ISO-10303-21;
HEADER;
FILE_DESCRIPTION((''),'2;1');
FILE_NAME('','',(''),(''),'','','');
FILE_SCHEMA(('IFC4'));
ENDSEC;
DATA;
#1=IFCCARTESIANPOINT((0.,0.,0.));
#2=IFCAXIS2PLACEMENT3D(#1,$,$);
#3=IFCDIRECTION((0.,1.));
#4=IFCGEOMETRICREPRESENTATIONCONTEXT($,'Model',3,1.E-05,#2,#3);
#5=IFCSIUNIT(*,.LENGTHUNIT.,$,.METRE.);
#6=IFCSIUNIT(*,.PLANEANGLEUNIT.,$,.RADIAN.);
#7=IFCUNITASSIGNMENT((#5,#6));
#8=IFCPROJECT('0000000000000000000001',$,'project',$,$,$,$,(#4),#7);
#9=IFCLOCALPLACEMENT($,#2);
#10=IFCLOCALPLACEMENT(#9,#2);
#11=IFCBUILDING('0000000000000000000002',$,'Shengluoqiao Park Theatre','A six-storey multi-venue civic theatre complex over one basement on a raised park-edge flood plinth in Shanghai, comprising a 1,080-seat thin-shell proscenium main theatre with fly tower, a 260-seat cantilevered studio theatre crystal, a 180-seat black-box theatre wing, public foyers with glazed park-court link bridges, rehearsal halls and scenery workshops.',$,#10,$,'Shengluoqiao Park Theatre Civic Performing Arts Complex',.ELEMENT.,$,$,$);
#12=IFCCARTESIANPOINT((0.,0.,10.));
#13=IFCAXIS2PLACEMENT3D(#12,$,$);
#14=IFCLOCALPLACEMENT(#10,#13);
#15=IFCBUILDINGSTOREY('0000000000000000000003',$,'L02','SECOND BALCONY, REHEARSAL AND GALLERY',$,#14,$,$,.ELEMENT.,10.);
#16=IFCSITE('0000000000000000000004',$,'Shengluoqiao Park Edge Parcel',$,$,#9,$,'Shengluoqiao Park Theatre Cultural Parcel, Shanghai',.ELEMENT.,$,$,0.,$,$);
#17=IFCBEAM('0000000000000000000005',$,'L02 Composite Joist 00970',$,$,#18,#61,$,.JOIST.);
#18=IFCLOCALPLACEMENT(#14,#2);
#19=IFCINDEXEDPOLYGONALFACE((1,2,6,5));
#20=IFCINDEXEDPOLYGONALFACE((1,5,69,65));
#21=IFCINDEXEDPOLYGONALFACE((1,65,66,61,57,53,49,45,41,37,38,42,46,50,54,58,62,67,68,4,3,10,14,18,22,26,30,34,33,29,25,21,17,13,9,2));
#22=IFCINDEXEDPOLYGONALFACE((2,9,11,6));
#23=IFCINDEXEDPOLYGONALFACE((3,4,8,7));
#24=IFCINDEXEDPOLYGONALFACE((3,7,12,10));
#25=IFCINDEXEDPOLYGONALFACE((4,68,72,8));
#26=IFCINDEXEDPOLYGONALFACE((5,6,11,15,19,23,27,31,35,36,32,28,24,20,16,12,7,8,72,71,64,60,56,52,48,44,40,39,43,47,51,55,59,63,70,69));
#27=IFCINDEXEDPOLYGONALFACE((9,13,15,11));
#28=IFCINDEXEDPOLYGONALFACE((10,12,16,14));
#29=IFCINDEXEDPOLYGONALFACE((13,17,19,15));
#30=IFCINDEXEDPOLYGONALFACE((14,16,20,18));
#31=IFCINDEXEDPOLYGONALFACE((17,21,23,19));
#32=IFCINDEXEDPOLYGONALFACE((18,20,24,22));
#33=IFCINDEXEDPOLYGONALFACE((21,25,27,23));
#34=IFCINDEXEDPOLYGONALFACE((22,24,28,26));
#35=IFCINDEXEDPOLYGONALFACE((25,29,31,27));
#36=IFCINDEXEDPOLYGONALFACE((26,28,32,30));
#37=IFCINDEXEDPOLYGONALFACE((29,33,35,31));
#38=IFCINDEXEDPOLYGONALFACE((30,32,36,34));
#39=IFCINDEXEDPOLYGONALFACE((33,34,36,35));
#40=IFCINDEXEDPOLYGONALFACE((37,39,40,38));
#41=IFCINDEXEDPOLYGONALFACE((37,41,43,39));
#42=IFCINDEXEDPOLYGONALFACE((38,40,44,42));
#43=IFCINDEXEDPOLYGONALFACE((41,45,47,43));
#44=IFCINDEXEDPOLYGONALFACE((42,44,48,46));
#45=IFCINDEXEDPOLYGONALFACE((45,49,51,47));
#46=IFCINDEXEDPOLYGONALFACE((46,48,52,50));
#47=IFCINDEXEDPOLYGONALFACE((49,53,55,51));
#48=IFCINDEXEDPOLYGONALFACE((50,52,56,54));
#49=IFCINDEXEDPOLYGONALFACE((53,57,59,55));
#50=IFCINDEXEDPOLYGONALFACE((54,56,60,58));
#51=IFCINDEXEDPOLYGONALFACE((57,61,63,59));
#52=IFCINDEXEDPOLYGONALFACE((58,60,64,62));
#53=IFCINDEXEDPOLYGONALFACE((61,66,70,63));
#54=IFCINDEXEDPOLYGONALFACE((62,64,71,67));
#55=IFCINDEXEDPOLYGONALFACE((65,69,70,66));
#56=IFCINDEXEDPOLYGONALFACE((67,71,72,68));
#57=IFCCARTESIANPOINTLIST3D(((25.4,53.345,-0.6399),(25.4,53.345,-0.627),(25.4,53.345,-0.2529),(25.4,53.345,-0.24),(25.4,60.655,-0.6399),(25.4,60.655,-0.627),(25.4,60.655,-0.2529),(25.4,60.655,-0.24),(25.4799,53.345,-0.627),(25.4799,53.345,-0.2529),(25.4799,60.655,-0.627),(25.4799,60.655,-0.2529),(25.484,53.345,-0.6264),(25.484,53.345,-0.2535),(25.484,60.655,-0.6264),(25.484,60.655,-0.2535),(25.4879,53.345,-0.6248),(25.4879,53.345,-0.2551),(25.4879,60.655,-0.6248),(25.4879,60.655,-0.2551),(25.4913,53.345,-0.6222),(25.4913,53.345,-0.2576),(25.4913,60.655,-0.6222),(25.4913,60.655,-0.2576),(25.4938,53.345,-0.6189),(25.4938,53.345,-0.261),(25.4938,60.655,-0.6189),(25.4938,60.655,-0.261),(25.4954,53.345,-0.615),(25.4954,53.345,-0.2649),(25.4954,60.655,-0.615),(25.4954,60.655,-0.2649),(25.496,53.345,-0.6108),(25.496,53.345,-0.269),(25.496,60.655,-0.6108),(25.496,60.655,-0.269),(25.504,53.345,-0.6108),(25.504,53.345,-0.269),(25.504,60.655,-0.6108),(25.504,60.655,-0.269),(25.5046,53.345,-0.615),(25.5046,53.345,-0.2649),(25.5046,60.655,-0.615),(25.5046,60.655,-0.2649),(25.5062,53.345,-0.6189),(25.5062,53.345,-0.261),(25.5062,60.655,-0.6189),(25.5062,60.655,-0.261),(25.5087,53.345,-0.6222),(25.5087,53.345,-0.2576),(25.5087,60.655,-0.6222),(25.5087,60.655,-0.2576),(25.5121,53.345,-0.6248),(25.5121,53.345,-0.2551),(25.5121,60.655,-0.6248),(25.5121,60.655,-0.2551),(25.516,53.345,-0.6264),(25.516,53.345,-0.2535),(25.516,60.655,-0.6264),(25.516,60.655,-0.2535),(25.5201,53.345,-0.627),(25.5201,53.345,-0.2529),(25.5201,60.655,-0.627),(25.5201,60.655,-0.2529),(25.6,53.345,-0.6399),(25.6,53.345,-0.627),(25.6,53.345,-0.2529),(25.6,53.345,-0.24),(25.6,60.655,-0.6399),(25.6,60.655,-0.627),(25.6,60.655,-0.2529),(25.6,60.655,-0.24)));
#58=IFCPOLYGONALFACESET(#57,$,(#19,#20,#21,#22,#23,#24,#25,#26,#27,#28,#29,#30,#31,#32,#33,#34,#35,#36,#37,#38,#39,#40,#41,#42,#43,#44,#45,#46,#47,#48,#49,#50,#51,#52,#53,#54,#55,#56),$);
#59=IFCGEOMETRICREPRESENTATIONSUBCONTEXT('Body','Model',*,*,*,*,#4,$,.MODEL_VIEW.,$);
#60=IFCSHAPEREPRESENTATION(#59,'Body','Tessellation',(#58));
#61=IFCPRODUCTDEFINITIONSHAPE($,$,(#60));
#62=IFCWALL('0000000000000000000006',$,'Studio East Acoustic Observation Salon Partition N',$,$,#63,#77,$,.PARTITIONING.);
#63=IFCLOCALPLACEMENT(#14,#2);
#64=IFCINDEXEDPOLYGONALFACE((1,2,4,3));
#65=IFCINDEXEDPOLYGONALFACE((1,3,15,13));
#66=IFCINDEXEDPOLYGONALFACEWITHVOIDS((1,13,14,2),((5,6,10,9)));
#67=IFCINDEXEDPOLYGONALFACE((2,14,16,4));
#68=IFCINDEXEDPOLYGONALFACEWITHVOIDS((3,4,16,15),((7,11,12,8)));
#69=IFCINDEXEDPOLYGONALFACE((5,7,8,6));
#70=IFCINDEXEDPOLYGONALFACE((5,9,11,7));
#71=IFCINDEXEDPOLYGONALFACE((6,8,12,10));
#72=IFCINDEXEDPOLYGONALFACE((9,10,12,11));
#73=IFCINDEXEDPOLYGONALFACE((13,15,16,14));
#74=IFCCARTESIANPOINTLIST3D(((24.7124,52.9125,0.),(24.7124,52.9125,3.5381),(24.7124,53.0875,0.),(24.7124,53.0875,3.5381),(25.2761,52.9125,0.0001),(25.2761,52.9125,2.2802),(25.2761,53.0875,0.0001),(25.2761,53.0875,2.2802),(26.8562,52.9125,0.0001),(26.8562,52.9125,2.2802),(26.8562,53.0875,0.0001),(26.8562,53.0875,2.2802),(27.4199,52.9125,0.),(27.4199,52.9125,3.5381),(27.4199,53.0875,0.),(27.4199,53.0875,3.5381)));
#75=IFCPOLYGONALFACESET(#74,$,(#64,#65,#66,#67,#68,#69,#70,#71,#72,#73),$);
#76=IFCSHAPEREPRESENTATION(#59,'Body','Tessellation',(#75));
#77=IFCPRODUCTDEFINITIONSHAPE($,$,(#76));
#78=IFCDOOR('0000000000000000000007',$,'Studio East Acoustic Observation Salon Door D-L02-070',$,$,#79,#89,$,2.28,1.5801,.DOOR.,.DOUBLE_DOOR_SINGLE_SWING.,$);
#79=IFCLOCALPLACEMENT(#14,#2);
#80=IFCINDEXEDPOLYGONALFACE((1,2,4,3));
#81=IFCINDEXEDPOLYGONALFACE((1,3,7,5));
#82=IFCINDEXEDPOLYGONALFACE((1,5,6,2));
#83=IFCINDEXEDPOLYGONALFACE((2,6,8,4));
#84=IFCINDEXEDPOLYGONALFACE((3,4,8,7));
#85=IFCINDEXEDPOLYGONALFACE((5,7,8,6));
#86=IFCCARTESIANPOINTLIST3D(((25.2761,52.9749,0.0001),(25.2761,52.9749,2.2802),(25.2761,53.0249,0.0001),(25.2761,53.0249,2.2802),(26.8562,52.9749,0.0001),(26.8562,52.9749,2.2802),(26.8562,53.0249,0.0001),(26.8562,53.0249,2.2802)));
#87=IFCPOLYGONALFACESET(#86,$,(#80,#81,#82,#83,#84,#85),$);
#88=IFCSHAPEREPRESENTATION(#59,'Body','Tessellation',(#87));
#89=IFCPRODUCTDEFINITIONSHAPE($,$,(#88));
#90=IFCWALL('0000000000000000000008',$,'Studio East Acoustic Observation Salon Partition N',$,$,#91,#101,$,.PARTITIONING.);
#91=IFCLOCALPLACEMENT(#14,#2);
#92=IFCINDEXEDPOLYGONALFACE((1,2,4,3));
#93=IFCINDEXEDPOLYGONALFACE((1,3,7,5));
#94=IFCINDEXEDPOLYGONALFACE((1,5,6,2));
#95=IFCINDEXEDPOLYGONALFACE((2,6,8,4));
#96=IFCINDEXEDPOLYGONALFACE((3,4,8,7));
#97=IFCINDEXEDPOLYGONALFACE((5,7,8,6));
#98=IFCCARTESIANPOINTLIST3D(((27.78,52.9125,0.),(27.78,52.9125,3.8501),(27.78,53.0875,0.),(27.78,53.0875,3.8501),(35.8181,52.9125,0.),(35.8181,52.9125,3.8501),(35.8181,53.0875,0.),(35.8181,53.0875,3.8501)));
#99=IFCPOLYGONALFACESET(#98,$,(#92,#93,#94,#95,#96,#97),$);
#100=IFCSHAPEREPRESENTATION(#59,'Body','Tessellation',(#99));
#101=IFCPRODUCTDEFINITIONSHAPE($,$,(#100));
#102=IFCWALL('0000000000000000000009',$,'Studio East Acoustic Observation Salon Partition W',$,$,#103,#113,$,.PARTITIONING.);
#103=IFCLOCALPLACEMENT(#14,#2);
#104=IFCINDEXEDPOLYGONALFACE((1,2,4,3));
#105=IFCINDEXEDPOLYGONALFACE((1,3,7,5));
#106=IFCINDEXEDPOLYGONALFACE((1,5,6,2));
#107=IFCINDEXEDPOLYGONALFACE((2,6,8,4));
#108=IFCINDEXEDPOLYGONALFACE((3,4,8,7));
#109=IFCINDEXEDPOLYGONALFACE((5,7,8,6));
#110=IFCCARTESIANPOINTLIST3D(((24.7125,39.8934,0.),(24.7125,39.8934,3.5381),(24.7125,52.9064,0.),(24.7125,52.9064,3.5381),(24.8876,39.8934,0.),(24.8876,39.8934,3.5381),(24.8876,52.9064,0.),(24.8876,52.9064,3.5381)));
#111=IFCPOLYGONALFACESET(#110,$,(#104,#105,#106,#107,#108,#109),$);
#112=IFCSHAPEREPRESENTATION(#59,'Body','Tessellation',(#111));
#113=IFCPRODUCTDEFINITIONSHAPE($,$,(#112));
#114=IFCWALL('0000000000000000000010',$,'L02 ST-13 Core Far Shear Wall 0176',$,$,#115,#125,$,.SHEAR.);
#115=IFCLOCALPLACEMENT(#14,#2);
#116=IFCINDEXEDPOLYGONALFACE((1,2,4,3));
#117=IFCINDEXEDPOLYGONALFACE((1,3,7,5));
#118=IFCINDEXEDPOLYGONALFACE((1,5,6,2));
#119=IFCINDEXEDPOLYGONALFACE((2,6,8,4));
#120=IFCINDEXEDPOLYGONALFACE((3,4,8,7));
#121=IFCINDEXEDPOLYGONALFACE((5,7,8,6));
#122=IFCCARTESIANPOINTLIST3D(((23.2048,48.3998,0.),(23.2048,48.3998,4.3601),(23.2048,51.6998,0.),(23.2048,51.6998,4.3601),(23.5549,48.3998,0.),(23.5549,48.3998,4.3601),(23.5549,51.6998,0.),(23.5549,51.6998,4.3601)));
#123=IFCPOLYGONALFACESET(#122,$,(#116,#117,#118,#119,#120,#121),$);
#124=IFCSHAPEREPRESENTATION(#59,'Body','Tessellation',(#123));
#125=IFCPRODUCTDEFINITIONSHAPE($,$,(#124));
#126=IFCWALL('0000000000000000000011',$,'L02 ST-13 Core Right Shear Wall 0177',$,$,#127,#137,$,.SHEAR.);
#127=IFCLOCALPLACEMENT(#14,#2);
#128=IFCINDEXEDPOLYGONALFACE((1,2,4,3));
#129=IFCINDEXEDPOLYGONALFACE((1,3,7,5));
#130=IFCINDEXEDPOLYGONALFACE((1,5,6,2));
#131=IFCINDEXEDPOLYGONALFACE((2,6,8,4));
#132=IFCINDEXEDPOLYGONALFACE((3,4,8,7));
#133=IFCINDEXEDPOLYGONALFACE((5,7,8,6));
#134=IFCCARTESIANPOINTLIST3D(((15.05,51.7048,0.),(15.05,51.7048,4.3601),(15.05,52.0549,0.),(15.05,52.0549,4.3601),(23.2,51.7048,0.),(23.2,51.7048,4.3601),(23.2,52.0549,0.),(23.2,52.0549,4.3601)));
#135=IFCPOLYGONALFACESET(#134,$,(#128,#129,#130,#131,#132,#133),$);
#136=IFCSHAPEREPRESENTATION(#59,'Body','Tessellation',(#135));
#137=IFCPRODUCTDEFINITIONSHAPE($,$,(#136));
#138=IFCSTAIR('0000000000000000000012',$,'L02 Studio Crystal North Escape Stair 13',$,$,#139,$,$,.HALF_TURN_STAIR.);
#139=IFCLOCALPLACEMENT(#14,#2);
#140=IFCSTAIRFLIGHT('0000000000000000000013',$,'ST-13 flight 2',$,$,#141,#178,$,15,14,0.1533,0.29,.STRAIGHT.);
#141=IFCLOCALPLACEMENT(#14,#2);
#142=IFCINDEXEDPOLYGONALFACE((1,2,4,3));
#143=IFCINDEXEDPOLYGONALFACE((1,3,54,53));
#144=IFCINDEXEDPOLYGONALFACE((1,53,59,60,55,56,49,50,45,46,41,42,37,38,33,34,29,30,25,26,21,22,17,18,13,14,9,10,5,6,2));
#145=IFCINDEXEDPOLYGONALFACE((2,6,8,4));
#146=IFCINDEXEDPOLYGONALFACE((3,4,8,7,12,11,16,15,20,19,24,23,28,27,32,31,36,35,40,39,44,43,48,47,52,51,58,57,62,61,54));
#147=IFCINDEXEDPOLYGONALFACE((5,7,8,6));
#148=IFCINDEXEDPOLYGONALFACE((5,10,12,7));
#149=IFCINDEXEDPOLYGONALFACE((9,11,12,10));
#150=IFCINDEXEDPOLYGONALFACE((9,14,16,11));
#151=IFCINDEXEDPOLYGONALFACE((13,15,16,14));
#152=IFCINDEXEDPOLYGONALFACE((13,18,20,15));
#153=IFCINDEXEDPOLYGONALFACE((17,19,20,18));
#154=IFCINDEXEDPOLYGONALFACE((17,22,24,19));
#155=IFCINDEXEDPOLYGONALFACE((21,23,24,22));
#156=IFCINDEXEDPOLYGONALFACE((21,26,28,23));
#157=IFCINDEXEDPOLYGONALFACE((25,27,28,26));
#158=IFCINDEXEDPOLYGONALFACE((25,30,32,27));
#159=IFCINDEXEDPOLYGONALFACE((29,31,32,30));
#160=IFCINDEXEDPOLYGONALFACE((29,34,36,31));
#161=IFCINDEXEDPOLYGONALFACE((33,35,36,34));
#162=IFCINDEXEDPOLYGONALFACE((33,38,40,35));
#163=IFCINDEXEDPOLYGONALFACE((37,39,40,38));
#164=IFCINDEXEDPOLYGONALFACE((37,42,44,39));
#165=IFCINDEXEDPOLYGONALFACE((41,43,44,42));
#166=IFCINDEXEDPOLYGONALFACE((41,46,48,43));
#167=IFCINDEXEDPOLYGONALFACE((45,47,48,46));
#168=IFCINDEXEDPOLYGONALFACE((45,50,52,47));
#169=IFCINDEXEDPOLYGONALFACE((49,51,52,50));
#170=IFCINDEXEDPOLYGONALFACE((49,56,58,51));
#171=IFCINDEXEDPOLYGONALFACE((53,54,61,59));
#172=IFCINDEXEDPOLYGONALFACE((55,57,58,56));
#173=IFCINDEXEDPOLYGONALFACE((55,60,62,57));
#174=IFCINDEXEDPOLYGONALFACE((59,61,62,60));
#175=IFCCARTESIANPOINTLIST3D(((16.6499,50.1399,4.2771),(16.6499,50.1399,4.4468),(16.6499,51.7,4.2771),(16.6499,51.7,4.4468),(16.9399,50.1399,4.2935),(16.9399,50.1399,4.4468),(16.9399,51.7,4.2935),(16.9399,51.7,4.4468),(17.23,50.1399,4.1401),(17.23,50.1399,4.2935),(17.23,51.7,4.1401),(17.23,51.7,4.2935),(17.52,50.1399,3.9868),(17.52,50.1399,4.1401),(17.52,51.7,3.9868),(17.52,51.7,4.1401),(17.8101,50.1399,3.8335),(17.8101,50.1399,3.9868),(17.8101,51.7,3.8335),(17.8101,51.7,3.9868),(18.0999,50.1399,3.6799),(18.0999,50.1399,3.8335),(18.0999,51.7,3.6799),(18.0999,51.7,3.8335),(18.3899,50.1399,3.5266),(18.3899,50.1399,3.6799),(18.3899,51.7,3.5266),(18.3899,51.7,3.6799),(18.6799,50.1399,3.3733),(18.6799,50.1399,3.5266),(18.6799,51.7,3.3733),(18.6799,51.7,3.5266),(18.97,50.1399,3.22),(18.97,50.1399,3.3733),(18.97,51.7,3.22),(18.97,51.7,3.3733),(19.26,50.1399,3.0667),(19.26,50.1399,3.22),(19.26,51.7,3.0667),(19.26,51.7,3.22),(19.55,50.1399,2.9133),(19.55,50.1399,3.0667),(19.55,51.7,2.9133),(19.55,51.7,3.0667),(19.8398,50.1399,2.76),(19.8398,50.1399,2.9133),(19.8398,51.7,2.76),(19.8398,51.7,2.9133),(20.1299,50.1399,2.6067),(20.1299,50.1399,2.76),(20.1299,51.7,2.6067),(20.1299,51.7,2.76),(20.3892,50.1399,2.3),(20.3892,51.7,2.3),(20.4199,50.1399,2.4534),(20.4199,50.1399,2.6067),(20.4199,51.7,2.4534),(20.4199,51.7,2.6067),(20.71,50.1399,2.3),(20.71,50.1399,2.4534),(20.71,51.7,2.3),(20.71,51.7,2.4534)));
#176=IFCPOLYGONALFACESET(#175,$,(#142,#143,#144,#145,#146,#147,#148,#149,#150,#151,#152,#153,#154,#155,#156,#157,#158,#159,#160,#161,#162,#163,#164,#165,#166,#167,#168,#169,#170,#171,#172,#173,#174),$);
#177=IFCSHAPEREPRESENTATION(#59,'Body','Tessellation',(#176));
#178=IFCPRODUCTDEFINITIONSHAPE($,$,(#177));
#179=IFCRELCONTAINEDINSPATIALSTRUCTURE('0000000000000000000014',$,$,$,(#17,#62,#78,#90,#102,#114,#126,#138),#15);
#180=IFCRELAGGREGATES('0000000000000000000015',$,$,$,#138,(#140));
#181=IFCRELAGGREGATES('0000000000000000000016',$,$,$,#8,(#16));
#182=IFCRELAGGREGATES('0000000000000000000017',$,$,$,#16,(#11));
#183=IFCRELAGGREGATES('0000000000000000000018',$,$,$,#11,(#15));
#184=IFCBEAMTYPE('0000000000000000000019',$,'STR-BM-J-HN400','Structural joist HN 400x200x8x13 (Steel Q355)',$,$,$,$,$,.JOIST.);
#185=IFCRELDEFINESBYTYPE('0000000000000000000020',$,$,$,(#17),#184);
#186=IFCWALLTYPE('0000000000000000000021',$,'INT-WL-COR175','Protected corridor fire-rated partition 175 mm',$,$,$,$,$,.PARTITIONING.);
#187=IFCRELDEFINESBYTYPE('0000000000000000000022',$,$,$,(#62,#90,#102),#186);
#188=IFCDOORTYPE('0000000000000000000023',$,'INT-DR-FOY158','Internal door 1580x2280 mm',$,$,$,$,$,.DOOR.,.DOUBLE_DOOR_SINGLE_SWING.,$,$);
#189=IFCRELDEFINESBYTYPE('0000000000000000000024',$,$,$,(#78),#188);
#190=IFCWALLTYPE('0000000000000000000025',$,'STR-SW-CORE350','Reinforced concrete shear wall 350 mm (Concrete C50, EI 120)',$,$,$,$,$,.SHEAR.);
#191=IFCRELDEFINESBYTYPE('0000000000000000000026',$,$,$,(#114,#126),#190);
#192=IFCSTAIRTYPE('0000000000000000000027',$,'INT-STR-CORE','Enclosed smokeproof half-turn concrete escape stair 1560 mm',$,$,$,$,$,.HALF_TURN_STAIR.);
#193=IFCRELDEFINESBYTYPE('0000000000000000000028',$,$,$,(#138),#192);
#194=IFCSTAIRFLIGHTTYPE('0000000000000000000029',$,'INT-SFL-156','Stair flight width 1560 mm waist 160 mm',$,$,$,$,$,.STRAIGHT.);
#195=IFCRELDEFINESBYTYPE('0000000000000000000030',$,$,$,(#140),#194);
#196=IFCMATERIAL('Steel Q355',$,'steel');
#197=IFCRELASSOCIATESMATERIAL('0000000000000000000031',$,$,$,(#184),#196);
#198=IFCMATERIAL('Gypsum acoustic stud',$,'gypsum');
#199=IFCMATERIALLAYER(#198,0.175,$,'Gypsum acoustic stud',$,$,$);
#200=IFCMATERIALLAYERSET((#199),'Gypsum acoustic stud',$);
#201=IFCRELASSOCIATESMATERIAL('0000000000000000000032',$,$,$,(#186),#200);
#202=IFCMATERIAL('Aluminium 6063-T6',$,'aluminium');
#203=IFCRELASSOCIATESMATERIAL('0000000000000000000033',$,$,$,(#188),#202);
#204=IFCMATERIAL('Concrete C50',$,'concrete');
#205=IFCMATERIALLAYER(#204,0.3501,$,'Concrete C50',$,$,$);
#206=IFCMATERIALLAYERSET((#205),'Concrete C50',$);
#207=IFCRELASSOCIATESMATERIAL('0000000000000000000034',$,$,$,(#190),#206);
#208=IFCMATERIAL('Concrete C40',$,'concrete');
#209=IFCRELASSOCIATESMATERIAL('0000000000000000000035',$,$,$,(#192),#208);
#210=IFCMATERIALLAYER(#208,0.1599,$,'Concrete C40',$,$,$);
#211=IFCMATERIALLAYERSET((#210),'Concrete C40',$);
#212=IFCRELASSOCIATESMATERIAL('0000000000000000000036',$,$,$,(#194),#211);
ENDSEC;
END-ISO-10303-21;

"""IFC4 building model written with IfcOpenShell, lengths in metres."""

from ifc_helpers import new_model, si_unit, direction, frame, frame_2d, origin, origin_2d, place, context, subcontext, project, spatial, polyline, rectangle, i_section, outline, extrude, material, layer, layer_set, material_profile, profile_set, type_object, element, fill, aggregate, save


model = new_model("IFC4")

# Units and contexts
model_context = context("Model", 3, precision=1e-05, world=origin(), true_north=direction((0.0, 1.0)))
body_context = subcontext(model_context, "Body", "Model", "MODEL_VIEW")
ifc_project = project(units=[si_unit("LENGTHUNIT", "METRE"), si_unit("PLANEANGLEUNIT", "RADIAN")], contexts=[model_context])

# Site, building, storey
site_placement = place(None, origin())
site = spatial("IfcSite", under=ifc_project, at=site_placement, Name="Shengluoqiao Park Edge Parcel", LongName="Shengluoqiao Park Theatre Cultural Parcel, Shanghai", CompositionType="ELEMENT", RefElevation=0.0)
building_placement = place(site_placement, origin())
building = spatial("IfcBuilding", under=site, at=building_placement, Name="Shengluoqiao Park Theatre", Description="A six-storey multi-venue civic theatre complex over one basement on a raised park-edge flood plinth in Shanghai, comprising a 1,080-seat thin-shell proscenium main theatre with fly tower, a 260-seat cantilevered studio theatre crystal, a 180-seat black-box theatre wing, public foyers with glazed park-court link bridges, rehearsal halls and scenery workshops.", LongName="Shengluoqiao Park Theatre Civic Performing Arts Complex", CompositionType="ELEMENT")
storey_placement = place(building_placement, frame((0.0, 0.0, 10.0)))
storey = spatial("IfcBuildingStorey", under=building, at=storey_placement, Name="L02", Description="SECOND BALCONY, REHEARSAL AND GALLERY", CompositionType="ELEMENT", Elevation=10.0)

# Shared definitions
ifc_material_1 = material(Name="Steel Q355", Category="steel")

# Beam
ifc_material_profile_1 = material_profile(ifc_material_1, i_section(OverallWidth=0.2, OverallDepth=0.3999, WebThickness=0.0081, FlangeThickness=0.0129, FilletRadius=0.0161, at=origin_2d()), Name="HN 400x200x8x13")
ifc_profile_set_1 = profile_set([ifc_material_profile_1], Name="Steel Q355")
beam_type_1 = type_object("IfcBeamType", Name="STR-BM-J-HN400", Description="Structural joist HN 400x200x8x13 (Steel Q355)", PredefinedType="JOIST", material=ifc_profile_set_1)
for number, where, z_axis, x_axis, name in (
    (1, (25.5, 53.345, -0.4399), (0.0, 1.0, 0.0), (-1.0, 0.0, 0.0), "L02 Composite Joist 00970"),
):
    element("IfcBeam", number, at=place(storey_placement, frame(where, z_axis=z_axis, x_axis=x_axis)), inside=storey, type_object=beam_type_1, Name=name, PredefinedType="JOIST", context=body_context, shape_type="SweptSolid", body=[
        extrude(i_section(OverallWidth=0.2, OverallDepth=0.3999, WebThickness=0.0081, FlangeThickness=0.0129, FilletRadius=0.0161, at=origin_2d()), origin(), (0.0, 0.0, 1.0), 7.3101),
    ])

# Wall, opening, door
ifc_material_2 = material(Name="Gypsum acoustic stud", Category="gypsum")
ifc_layer_1 = layer(ifc_material_2, 0.175, Name="Gypsum acoustic stud")
ifc_layer_set_1 = layer_set([ifc_layer_1], Name="Gypsum acoustic stud")
wall_type_1 = type_object("IfcWallType", Name="INT-WL-COR175", Description="Protected corridor fire-rated partition 175 mm", PredefinedType="PARTITIONING", material=ifc_layer_set_1)
wall_1_placement = place(storey_placement, frame((24.7124, 53.0, 0.0), z_axis=(0.0, 0.0, 1.0), x_axis=(1.0, 0.0, 0.0)))
wall_1 = element("IfcWall", 2, at=wall_1_placement, inside=storey, type_object=wall_type_1, Name="Studio East Acoustic Observation Salon Partition N", PredefinedType="PARTITIONING", context=body_context, shape_type="SweptSolid", body=[
    extrude(rectangle(XDim=2.7075, YDim=0.175, at=frame_2d((1.3538, 0.0))), origin(), (0.0, 0.0, 1.0), 3.5381),
])
opening_placement = place(wall_1_placement, frame((0.5637, 0.0, 0.0)))
opening = element("IfcOpeningElement", 3, at=opening_placement, cuts=wall_1, PredefinedType="OPENING", context=body_context, shape_type="SweptSolid", body=[
    extrude(rectangle(XDim=1.5801, YDim=2.28, at=frame_2d((0.79, 1.1401))), frame((0.0, 0.0974, 0.0), z_axis=(0.0, -1.0, 0.0), x_axis=(1.0, 0.0, 0.0)), (0.0, 0.0, 1.0), 0.1951),
])
ifc_material_3 = material(Name="Aluminium 6063-T6", Category="aluminium")
door_type = type_object("IfcDoorType", Name="INT-DR-FOY158", Description="Internal door 1580x2280 mm", OperationType="DOUBLE_DOOR_SINGLE_SWING", PredefinedType="DOOR", material=ifc_material_3)
door_placement = place(opening_placement, origin())
door = element("IfcDoor", 4, at=door_placement, inside=storey, type_object=door_type, Name="Studio East Acoustic Observation Salon Door D-L02-070", OperationType="DOUBLE_DOOR_SINGLE_SWING", OverallHeight=2.28, OverallWidth=1.5801, PredefinedType="DOOR", context=body_context, shape_type="SweptSolid", body=[
    extrude(rectangle(XDim=1.5801, YDim=2.28, at=frame_2d((0.79, 1.1401))), frame((0.0, 0.0249, 0.0), z_axis=(0.0, -1.0, 0.0), x_axis=(1.0, 0.0, 0.0)), (0.0, 0.0, 1.0), 0.05),
])
fill(opening, door)

# Walls
wall_2_placement = place(storey_placement, frame((27.78, 53.0, 0.0), z_axis=(0.0, 0.0, 1.0), x_axis=(1.0, 0.0, 0.0)))
element("IfcWall", 5, at=wall_2_placement, inside=storey, type_object=wall_type_1, Name="Studio East Acoustic Observation Salon Partition N", PredefinedType="PARTITIONING", context=body_context, shape_type="SweptSolid", body=[
    extrude(rectangle(XDim=8.0381, YDim=0.175, at=frame_2d((4.019, 0.0))), origin(), (0.0, 0.0, 1.0), 3.8501),
])
wall_3_placement = place(storey_placement, frame((24.8, 39.8936, 0.0), z_axis=(0.0, 0.0, 1.0), x_axis=(0.0, 1.0, 0.0)))
element("IfcWall", 6, at=wall_3_placement, inside=storey, type_object=wall_type_1, Name="Studio East Acoustic Observation Salon Partition W", PredefinedType="PARTITIONING", context=body_context, shape_type="SweptSolid", body=[
    extrude(rectangle(XDim=13.0129, YDim=0.175, at=frame_2d((6.5063, 0.0))), origin(), (0.0, 0.0, 1.0), 3.5381),
])
ifc_material_4 = material(Name="Concrete C50", Category="concrete")
ifc_layer_2 = layer(ifc_material_4, 0.3501, Name="Concrete C50")
ifc_layer_set_2 = layer_set([ifc_layer_2], Name="Concrete C50")
wall_type_2 = type_object("IfcWallType", Name="STR-SW-CORE350", Description="Reinforced concrete shear wall 350 mm (Concrete C50, EI 120)", PredefinedType="SHEAR", material=ifc_layer_set_2)
wall_4_placement = place(storey_placement, frame((23.3799, 48.3999, 0.0), z_axis=(0.0, 0.0, 1.0), x_axis=(0.0, 1.0, 0.0)))
element("IfcWall", 7, at=wall_4_placement, inside=storey, type_object=wall_type_2, Name="L02 ST-13 Core Far Shear Wall 0176", PredefinedType="SHEAR", context=body_context, shape_type="SweptSolid", body=[
    extrude(rectangle(XDim=3.3, YDim=0.3501, at=frame_2d((1.6499, 0.0))), origin(), (0.0, 0.0, 1.0), 4.3601),
])
wall_5_placement = place(storey_placement, frame((23.2, 51.8799, 0.0), z_axis=(0.0, 0.0, 1.0), x_axis=(-1.0, 0.0, 0.0)))
element("IfcWall", 8, at=wall_5_placement, inside=storey, type_object=wall_type_2, Name="L02 ST-13 Core Right Shear Wall 0177", PredefinedType="SHEAR", context=body_context, shape_type="SweptSolid", body=[
    extrude(rectangle(XDim=8.1499, YDim=0.3501, at=frame_2d((4.075, 0.0))), origin(), (0.0, 0.0, 1.0), 4.3601),
])

# Stair, stair flight
ifc_material_5 = material(Name="Concrete C40", Category="concrete")
stair_type = type_object("IfcStairType", Name="INT-STR-CORE", Description="Enclosed smokeproof half-turn concrete escape stair 1560 mm", PredefinedType="HALF_TURN_STAIR", material=ifc_material_5)
stair_placement = place(storey_placement, origin())
stair = element("IfcStair", 9, at=stair_placement, inside=storey, type_object=stair_type, Name="L02 Studio Crystal North Escape Stair 13", PredefinedType="HALF_TURN_STAIR")
ifc_layer_3 = layer(ifc_material_5, 0.1599, Name="Concrete C40")
ifc_layer_set_3 = layer_set([ifc_layer_3], Name="Concrete C40")
stair_flight_type = type_object("IfcStairFlightType", Name="INT-SFL-156", Description="Stair flight width 1560 mm waist 160 mm", PredefinedType="STRAIGHT", material=ifc_layer_set_3)
stair_flight_placement = place(storey_placement, frame((20.71, 50.9199, 2.3), z_axis=(0.0, 0.0, 1.0), x_axis=(-1.0, 0.0, 0.0)))
stair_flight = element("IfcStairFlight", 10, at=stair_flight_placement, type_object=stair_flight_type, Name="ST-13 flight 2", NumberOfRisers=15, NumberOfTreads=14, PredefinedType="STRAIGHT", RiserHeight=0.1533, TreadLength=0.29, context=body_context, shape_type="SweptSolid", body=[
    extrude(outline(polyline([(0.0, 0.0), (0.0, 0.1533), (0.29, 0.1533), (0.29, 0.3066), (0.5801, 0.3066), (0.5801, 0.46), (0.8701, 0.46), (0.8701, 0.6133), (1.1599, 0.6133), (1.1599, 0.7666), (1.45, 0.7666), (1.45, 0.9199), (1.74, 0.9199), (1.74, 1.0732), (2.03, 1.0732), (2.03, 1.2266), (2.3201, 1.2266), (2.3201, 1.3799), (2.6101, 1.3799), (2.6101, 1.5334), (2.8999, 1.5334), (2.8999, 1.6868), (3.1899, 1.6868), (3.1899, 1.8401), (3.48, 1.8401), (3.48, 1.9934), (3.77, 1.9934), (3.77, 2.1467), (4.0601, 2.1467), (4.0601, 2.3), (4.0601, 1.9771), (0.3208, 0.0), (0.0, 0.0)])), frame((0.0, 0.78, 0.0), z_axis=(0.0, -1.0, 0.0), x_axis=(1.0, 0.0, 0.0)), (0.0, 0.0, 1.0), 1.5601),
])
aggregate(stair, [stair_flight])

save(model, "model.ifc")
